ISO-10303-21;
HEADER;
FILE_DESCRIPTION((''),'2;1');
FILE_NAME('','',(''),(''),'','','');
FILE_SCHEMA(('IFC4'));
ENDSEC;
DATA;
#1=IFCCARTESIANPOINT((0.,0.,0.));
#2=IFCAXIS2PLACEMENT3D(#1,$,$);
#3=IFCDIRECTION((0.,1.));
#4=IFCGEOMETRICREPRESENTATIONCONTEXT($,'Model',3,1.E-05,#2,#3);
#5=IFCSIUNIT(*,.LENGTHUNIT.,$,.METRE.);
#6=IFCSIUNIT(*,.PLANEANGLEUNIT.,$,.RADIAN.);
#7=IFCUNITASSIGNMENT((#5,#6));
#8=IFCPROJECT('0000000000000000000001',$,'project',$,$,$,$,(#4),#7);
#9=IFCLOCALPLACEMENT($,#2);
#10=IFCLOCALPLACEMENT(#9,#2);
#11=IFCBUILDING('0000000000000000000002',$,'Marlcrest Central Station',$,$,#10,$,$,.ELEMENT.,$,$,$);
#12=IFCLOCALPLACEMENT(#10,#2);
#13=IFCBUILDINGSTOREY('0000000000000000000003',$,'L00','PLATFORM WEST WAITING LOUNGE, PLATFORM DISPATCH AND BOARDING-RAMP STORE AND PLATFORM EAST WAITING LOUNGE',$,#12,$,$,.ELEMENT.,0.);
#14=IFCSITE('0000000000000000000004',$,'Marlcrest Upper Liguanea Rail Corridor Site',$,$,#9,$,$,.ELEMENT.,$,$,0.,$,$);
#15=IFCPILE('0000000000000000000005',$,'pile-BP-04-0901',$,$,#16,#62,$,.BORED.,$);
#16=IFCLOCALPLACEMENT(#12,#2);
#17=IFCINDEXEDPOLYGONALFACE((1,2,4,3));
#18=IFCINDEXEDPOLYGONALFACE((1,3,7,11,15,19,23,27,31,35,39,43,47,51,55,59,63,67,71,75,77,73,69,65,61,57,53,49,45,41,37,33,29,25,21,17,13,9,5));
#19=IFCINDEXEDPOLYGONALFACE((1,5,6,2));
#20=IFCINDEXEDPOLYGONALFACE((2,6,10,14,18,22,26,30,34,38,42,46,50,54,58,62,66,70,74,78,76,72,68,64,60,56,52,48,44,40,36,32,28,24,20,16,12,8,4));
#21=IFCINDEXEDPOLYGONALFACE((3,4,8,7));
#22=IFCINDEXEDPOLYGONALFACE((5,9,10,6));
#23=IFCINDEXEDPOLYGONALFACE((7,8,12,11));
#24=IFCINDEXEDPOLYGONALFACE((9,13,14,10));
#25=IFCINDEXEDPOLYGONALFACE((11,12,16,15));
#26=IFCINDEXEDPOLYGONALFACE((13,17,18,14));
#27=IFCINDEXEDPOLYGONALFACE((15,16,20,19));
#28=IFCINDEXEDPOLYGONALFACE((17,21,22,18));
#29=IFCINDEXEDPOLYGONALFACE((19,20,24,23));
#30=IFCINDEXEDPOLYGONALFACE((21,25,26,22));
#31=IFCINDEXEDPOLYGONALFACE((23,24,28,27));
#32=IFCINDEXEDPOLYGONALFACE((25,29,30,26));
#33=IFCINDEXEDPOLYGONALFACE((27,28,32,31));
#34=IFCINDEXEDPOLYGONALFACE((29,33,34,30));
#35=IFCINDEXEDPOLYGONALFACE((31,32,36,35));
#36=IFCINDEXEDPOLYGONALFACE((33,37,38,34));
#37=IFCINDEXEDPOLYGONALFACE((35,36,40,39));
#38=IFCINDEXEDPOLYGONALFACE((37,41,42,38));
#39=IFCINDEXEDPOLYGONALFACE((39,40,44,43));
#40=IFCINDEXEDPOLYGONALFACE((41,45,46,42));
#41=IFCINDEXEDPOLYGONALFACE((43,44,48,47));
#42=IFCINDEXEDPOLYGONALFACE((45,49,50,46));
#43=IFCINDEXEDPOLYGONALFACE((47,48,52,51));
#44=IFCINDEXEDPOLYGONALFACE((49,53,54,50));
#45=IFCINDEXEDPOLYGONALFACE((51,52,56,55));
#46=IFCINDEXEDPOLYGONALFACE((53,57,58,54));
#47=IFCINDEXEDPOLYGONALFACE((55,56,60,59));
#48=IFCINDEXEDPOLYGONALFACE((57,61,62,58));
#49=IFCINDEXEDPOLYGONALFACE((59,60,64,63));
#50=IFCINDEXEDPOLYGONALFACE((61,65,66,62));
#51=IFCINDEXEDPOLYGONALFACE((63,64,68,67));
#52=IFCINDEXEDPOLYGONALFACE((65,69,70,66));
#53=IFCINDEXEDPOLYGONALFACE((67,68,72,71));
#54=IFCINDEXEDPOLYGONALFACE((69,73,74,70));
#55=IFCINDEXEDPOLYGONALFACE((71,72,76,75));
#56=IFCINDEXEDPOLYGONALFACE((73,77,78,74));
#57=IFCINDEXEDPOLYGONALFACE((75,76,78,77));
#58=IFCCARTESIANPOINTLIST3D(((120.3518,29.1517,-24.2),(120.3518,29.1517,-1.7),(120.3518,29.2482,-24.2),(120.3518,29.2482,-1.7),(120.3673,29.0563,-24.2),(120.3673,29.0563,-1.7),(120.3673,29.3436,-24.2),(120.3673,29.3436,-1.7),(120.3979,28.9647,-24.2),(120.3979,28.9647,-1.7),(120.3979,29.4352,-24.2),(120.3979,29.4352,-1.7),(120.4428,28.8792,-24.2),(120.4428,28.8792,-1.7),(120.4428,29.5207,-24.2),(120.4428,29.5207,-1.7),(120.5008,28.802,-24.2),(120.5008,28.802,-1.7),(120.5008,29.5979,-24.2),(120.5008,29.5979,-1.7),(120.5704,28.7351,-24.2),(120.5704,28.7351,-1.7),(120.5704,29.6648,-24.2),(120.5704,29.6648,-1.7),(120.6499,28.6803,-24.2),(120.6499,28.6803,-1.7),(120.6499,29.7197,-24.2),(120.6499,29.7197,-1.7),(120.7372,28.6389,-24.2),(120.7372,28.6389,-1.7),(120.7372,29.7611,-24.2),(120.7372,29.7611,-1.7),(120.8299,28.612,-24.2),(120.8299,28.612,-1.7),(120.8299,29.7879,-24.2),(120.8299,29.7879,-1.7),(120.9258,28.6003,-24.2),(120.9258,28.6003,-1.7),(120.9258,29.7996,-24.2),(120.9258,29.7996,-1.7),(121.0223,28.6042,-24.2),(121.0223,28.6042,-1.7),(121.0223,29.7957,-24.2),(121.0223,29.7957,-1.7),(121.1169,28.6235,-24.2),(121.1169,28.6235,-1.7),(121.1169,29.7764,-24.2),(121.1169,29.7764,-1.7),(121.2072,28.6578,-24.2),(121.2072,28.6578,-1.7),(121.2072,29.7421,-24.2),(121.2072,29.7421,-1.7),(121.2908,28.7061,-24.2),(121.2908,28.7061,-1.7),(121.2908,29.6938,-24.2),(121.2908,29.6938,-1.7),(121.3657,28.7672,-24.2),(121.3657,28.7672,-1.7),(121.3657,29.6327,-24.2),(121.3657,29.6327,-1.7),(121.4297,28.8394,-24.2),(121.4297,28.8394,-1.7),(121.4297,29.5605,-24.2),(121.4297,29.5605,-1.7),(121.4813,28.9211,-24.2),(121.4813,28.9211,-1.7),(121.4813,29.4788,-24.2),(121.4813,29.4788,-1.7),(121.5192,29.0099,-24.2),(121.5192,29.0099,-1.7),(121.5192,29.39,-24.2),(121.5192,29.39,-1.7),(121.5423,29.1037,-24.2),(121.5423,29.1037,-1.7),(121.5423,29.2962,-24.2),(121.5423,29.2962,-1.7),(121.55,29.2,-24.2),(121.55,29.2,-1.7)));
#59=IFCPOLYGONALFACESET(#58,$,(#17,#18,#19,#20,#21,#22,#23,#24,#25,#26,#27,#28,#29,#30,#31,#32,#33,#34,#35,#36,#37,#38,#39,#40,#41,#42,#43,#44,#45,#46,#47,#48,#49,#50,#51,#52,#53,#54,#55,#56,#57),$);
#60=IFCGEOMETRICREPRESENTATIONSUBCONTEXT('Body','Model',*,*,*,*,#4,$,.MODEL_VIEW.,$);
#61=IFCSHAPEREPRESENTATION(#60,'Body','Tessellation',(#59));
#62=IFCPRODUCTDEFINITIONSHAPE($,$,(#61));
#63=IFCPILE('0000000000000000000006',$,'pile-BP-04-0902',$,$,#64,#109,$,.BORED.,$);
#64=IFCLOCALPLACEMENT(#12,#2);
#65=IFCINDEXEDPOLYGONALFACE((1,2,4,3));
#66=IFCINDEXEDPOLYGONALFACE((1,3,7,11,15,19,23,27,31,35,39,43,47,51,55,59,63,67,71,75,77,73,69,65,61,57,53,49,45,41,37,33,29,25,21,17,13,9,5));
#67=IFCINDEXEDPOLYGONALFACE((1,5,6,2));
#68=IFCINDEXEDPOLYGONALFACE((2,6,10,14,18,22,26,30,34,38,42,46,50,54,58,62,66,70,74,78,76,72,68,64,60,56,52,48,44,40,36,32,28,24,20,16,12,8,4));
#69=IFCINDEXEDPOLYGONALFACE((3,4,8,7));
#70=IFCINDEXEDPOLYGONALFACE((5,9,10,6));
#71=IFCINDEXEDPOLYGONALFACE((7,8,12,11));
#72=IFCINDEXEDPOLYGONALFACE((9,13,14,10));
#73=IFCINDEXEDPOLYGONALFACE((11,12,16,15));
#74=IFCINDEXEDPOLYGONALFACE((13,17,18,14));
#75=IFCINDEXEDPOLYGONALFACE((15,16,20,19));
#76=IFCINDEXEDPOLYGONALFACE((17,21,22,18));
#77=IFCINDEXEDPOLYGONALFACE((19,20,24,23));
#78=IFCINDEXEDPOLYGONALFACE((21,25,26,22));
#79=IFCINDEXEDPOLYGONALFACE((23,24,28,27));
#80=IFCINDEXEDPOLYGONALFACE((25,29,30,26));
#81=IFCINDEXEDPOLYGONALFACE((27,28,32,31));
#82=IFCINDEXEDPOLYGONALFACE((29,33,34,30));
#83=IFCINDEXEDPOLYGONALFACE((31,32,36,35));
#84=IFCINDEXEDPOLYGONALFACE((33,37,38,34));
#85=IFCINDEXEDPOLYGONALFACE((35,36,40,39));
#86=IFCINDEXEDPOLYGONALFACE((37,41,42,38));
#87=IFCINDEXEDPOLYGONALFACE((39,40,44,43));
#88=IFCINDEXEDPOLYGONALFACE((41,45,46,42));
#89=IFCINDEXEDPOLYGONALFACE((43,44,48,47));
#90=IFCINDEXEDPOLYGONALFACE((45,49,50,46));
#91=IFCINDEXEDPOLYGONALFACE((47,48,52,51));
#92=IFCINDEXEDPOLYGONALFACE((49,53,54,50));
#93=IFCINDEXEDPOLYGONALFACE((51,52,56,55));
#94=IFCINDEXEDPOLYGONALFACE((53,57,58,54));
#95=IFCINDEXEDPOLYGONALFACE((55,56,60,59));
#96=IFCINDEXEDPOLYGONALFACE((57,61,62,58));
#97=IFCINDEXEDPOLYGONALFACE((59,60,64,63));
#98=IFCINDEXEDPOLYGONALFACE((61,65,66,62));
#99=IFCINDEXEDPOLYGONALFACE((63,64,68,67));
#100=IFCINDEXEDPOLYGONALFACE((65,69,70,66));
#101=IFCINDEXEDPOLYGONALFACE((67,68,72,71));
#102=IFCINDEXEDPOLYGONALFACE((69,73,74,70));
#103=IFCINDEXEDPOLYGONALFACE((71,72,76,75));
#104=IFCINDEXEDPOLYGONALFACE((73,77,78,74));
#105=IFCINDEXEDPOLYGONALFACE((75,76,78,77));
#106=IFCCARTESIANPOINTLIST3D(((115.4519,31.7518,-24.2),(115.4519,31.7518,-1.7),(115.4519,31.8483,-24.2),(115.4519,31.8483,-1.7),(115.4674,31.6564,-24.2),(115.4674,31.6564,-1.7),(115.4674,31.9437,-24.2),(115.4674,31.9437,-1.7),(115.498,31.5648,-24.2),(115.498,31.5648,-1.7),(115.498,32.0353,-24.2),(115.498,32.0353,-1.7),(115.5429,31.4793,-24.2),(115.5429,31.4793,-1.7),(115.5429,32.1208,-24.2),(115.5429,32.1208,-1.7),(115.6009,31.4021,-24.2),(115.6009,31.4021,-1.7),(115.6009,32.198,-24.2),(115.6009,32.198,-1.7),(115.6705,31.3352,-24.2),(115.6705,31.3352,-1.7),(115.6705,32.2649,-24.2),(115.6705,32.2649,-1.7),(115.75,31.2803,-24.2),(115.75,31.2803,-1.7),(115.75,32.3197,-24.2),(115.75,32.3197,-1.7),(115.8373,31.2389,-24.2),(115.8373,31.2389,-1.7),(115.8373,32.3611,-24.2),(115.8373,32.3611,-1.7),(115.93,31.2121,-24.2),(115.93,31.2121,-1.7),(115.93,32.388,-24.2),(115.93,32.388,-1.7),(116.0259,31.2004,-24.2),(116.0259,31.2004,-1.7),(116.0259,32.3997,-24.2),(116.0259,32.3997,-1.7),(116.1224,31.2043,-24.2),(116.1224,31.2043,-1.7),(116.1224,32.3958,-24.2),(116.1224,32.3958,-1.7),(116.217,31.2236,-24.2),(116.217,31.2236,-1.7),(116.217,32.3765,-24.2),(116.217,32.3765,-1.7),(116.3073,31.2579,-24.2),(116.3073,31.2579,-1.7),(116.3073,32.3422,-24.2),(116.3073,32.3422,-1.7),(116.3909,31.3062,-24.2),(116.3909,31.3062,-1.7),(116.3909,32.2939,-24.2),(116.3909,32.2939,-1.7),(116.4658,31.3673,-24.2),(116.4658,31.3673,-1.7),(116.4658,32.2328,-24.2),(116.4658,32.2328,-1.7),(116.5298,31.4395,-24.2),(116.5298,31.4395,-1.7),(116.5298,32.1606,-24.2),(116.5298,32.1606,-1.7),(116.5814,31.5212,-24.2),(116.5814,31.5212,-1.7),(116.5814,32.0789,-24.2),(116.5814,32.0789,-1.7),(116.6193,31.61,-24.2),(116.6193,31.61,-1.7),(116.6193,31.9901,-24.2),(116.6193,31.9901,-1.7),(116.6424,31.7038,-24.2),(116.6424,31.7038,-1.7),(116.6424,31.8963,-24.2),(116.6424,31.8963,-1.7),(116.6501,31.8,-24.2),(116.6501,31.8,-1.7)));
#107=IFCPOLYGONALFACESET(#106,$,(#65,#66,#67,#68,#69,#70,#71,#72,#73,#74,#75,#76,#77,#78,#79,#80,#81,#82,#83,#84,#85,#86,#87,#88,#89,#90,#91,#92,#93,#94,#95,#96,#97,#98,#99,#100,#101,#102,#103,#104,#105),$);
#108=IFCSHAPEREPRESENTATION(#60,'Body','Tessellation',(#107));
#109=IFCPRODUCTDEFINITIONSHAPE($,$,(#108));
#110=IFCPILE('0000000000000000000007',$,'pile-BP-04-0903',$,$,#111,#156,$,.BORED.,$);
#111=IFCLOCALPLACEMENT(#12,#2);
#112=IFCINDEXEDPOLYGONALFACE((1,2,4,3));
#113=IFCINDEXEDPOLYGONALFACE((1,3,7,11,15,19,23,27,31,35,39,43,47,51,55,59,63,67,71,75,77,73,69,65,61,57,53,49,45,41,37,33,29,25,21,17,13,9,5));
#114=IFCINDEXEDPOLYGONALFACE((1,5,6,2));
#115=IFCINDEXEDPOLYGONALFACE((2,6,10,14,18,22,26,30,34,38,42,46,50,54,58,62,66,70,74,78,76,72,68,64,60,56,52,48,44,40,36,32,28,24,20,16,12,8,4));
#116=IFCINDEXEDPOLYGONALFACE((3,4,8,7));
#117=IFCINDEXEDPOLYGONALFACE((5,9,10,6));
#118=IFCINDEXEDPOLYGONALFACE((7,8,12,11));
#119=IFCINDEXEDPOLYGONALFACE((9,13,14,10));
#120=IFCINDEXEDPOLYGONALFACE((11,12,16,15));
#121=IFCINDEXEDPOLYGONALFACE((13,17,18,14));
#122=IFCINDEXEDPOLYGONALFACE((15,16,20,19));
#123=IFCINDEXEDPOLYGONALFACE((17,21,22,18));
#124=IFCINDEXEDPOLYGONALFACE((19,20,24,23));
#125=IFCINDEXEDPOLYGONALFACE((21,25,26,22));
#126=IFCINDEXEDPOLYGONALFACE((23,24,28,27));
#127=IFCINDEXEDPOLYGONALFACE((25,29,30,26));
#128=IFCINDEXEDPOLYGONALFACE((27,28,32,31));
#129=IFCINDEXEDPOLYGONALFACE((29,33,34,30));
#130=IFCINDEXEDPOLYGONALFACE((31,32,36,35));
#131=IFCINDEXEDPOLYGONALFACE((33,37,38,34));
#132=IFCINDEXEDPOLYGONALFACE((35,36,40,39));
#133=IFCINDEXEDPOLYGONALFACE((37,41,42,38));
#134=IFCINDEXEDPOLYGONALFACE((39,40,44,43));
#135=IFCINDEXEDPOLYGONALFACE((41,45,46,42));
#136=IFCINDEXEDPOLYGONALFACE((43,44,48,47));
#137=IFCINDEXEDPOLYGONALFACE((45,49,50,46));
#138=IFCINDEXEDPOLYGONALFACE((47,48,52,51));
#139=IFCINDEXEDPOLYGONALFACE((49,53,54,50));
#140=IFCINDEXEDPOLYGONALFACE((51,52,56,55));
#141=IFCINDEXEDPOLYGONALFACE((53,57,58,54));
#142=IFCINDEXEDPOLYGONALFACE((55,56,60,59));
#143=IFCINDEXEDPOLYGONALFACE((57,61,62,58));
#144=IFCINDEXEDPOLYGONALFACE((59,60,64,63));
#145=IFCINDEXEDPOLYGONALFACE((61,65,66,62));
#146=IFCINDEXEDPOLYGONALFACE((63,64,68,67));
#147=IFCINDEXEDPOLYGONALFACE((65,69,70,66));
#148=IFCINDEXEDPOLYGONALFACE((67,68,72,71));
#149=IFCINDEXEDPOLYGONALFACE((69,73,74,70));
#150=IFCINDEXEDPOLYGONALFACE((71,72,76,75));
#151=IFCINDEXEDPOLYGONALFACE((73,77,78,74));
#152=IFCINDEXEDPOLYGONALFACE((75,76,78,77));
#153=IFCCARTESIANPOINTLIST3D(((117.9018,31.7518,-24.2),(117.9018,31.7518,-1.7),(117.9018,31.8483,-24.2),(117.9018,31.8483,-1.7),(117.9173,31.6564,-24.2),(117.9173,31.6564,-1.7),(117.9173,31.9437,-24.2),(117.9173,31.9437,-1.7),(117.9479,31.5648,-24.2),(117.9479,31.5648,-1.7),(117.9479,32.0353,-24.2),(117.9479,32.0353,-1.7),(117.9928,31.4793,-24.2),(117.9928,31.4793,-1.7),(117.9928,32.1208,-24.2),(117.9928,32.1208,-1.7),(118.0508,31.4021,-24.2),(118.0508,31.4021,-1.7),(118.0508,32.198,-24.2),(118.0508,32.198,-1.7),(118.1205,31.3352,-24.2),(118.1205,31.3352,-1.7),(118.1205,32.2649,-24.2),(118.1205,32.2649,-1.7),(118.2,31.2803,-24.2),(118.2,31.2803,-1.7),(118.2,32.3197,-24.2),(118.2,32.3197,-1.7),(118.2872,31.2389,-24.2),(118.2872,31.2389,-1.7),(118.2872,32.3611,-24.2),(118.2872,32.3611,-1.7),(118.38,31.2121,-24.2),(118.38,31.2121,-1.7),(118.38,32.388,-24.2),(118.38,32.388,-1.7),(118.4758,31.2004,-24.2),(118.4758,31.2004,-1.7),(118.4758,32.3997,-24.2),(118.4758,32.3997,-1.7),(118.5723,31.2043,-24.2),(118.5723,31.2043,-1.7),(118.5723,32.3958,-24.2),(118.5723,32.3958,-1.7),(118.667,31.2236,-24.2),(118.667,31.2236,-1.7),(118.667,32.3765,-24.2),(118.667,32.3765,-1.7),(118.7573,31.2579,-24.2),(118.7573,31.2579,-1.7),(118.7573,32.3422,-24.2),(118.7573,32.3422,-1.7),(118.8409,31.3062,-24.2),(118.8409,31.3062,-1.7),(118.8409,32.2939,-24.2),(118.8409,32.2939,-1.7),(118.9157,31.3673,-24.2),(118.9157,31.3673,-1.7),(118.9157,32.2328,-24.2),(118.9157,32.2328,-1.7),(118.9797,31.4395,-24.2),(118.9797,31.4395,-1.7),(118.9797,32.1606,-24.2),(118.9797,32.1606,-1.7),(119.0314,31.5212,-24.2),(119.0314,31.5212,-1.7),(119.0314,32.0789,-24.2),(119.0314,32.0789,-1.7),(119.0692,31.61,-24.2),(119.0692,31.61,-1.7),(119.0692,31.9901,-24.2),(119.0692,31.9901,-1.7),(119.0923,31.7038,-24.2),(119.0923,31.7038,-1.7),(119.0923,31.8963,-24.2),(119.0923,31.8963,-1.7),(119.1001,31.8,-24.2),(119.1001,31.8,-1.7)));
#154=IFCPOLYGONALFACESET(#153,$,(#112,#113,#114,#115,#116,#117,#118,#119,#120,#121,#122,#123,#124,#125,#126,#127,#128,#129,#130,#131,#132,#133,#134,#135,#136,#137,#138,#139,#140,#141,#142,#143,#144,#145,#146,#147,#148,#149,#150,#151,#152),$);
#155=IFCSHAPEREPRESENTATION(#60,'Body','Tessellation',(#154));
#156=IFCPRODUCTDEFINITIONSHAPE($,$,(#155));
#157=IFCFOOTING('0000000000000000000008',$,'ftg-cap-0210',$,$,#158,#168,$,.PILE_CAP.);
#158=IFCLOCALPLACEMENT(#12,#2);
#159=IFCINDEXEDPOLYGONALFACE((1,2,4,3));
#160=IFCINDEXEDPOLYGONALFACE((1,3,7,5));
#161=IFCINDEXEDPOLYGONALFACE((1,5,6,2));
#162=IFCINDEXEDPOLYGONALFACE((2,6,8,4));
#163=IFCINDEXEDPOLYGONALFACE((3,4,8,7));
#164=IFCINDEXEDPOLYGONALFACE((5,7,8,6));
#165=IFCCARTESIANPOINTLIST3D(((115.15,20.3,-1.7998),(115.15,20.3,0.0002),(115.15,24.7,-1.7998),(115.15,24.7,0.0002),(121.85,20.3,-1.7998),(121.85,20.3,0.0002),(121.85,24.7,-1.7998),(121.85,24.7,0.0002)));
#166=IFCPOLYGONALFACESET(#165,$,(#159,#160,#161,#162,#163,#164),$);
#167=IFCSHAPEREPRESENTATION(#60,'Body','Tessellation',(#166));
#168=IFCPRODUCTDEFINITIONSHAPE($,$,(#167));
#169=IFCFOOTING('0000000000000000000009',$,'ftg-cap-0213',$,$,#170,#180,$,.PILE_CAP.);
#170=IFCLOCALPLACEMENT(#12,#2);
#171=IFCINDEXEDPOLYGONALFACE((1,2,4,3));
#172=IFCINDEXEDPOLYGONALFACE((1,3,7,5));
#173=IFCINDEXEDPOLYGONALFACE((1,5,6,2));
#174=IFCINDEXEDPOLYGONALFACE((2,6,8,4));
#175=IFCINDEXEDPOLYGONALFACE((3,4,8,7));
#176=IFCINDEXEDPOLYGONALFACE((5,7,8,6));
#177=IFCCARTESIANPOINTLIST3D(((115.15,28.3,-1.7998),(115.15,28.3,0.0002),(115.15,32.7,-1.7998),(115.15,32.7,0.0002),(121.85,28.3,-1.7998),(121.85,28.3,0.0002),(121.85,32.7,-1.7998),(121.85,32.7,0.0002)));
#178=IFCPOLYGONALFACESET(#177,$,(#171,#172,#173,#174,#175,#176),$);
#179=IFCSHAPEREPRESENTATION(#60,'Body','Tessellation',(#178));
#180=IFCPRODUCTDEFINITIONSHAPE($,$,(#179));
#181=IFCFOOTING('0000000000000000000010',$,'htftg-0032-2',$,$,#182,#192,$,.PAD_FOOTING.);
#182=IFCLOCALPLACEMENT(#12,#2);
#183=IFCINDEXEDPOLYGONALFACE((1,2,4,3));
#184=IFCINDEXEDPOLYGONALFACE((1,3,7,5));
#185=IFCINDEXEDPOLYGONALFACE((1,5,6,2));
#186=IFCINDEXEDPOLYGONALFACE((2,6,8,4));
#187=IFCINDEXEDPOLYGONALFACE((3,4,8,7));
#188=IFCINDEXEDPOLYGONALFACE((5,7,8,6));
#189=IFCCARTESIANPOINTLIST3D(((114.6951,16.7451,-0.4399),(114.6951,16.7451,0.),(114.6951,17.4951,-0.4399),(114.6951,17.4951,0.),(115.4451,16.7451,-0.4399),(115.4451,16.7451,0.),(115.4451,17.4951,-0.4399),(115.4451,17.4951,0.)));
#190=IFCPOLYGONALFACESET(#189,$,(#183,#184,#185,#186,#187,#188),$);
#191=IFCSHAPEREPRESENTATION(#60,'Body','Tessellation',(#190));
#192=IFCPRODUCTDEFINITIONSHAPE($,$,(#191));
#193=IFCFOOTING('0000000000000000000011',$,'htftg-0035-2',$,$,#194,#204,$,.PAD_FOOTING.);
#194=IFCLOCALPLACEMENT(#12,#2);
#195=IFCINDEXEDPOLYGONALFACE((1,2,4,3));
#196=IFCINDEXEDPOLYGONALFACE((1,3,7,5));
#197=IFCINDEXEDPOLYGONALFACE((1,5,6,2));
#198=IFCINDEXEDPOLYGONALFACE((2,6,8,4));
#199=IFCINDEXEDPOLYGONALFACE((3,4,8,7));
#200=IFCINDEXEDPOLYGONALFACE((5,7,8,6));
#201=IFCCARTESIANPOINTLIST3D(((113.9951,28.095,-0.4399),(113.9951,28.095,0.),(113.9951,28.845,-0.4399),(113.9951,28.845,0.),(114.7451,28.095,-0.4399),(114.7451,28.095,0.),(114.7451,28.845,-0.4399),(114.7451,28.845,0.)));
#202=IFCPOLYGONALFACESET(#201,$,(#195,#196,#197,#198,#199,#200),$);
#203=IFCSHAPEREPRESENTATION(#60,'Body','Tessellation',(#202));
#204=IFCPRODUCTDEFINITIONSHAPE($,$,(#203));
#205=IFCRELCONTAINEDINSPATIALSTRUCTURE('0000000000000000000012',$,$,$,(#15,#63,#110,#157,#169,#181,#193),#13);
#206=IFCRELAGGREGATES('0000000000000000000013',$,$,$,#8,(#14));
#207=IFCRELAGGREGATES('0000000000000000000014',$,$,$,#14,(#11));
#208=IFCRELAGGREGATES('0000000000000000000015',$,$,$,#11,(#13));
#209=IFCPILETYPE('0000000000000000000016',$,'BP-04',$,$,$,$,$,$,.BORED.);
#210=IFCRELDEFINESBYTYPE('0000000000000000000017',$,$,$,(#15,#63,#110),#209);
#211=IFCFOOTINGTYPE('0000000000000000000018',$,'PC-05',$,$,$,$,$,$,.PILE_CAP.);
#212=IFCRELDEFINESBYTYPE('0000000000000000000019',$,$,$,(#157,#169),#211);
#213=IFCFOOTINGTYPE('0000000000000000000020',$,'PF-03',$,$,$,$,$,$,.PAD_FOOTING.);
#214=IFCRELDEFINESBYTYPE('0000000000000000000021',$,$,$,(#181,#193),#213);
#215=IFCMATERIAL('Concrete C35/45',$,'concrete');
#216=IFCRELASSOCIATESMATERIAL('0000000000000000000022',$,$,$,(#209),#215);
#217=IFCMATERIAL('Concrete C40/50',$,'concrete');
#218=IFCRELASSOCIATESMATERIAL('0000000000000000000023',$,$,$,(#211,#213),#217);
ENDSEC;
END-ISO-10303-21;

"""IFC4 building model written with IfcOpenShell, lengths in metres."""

from ifc_helpers import new_model, si_unit, direction, frame, origin, origin_2d, place, context, subcontext, project, spatial, rectangle, circle, extrude, material, material_profile, profile_set, type_object, element, save


model = new_model("IFC4")

# Units and contexts
model_context = context("Model", 3, precision=1e-05, world=origin(), true_north=direction((0.0, 1.0)))
body_context = subcontext(model_context, "Body", "Model", "MODEL_VIEW")
ifc_project = project(units=[si_unit("LENGTHUNIT", "METRE"), si_unit("PLANEANGLEUNIT", "RADIAN")], contexts=[model_context])

# Site, building, storey
site_placement = place(None, origin())
site = spatial("IfcSite", under=ifc_project, at=site_placement, Name="Marlcrest Upper Liguanea Rail Corridor Site", CompositionType="ELEMENT", RefElevation=0.0)
building_placement = place(site_placement, origin())
building = spatial("IfcBuilding", under=site, at=building_placement, Name="Marlcrest Central Station", CompositionType="ELEMENT")
storey_placement = place(building_placement, origin())
storey = spatial("IfcBuildingStorey", under=building, at=storey_placement, Name="L00", Description="PLATFORM WEST WAITING LOUNGE, PLATFORM DISPATCH AND BOARDING-RAMP STORE AND PLATFORM EAST WAITING LOUNGE", CompositionType="ELEMENT", Elevation=0.0)

# Piles
ifc_material_1 = material(Name="Concrete C35/45", Category="concrete")
ifc_material_profile_1 = material_profile(ifc_material_1, circle(Radius=0.6001, at=origin_2d()), Name="PILE D1200")
ifc_profile_set_1 = profile_set([ifc_material_profile_1], Name="Concrete C35/45")
pile_type = type_object("IfcPileType", Name="BP-04", PredefinedType="BORED", material=ifc_profile_set_1)
for number, where, z_axis, x_axis, name in (
    (1, (120.95, 29.2, -1.7), (0.0, 0.0, -1.0), (1.0, 0.0, 0.0), "pile-BP-04-0901"),
    (2, (116.05, 31.8, -1.7), (0.0, 0.0, -1.0), (1.0, 0.0, 0.0), "pile-BP-04-0902"),
    (3, (118.5, 31.8, -1.7), (0.0, 0.0, -1.0), (1.0, 0.0, 0.0), "pile-BP-04-0903"),
):
    element("IfcPile", number, at=place(storey_placement, frame(where, z_axis=z_axis, x_axis=x_axis)), inside=storey, type_object=pile_type, Name=name, PredefinedType="BORED", context=body_context, shape_type="SweptSolid", body=[
        extrude(circle(Radius=0.6001, at=origin_2d()), origin(), (0.0, 0.0, 1.0), 22.5),
    ])

# Footings
ifc_material_2 = material(Name="Concrete C40/50", Category="concrete")
footing_type_1 = type_object("IfcFootingType", Name="PC-05", PredefinedType="PILE_CAP", material=ifc_material_2)
for number, where, z_axis, x_axis, name in (
    (4, (118.5, 22.5, -1.7998), (0.0, 0.0, 1.0), (1.0, 0.0, 0.0), "ftg-cap-0210"),
    (5, (118.5, 30.5, -1.7998), (0.0, 0.0, 1.0), (1.0, 0.0, 0.0), "ftg-cap-0213"),
):
    element("IfcFooting", number, at=place(storey_placement, frame(where, z_axis=z_axis, x_axis=x_axis)), inside=storey, type_object=footing_type_1, Name=name, PredefinedType="PILE_CAP", context=body_context, shape_type="SweptSolid", body=[
        extrude(rectangle(XDim=6.7, YDim=4.3999, at=origin_2d()), origin(), (0.0, 0.0, 1.0), 1.8),
    ])
footing_type_2 = type_object("IfcFootingType", Name="PF-03", PredefinedType="PAD_FOOTING", material=ifc_material_2)
for number, where, z_axis, x_axis, name in (
    (6, (115.0701, 17.1201, -0.4399), (0.0, 0.0, 1.0), (1.0, 0.0, 0.0), "htftg-0032-2"),
    (7, (114.3701, 28.47, -0.4399), (0.0, 0.0, 1.0), (1.0, 0.0, 0.0), "htftg-0035-2"),
):
    element("IfcFooting", number, at=place(storey_placement, frame(where, z_axis=z_axis, x_axis=x_axis)), inside=storey, type_object=footing_type_2, Name=name, PredefinedType="PAD_FOOTING", context=body_context, shape_type="SweptSolid", body=[
        extrude(rectangle(XDim=0.75, YDim=0.75, at=origin_2d()), origin(), (0.0, 0.0, 1.0), 0.4399),
    ])

save(model, "model.ifc")
